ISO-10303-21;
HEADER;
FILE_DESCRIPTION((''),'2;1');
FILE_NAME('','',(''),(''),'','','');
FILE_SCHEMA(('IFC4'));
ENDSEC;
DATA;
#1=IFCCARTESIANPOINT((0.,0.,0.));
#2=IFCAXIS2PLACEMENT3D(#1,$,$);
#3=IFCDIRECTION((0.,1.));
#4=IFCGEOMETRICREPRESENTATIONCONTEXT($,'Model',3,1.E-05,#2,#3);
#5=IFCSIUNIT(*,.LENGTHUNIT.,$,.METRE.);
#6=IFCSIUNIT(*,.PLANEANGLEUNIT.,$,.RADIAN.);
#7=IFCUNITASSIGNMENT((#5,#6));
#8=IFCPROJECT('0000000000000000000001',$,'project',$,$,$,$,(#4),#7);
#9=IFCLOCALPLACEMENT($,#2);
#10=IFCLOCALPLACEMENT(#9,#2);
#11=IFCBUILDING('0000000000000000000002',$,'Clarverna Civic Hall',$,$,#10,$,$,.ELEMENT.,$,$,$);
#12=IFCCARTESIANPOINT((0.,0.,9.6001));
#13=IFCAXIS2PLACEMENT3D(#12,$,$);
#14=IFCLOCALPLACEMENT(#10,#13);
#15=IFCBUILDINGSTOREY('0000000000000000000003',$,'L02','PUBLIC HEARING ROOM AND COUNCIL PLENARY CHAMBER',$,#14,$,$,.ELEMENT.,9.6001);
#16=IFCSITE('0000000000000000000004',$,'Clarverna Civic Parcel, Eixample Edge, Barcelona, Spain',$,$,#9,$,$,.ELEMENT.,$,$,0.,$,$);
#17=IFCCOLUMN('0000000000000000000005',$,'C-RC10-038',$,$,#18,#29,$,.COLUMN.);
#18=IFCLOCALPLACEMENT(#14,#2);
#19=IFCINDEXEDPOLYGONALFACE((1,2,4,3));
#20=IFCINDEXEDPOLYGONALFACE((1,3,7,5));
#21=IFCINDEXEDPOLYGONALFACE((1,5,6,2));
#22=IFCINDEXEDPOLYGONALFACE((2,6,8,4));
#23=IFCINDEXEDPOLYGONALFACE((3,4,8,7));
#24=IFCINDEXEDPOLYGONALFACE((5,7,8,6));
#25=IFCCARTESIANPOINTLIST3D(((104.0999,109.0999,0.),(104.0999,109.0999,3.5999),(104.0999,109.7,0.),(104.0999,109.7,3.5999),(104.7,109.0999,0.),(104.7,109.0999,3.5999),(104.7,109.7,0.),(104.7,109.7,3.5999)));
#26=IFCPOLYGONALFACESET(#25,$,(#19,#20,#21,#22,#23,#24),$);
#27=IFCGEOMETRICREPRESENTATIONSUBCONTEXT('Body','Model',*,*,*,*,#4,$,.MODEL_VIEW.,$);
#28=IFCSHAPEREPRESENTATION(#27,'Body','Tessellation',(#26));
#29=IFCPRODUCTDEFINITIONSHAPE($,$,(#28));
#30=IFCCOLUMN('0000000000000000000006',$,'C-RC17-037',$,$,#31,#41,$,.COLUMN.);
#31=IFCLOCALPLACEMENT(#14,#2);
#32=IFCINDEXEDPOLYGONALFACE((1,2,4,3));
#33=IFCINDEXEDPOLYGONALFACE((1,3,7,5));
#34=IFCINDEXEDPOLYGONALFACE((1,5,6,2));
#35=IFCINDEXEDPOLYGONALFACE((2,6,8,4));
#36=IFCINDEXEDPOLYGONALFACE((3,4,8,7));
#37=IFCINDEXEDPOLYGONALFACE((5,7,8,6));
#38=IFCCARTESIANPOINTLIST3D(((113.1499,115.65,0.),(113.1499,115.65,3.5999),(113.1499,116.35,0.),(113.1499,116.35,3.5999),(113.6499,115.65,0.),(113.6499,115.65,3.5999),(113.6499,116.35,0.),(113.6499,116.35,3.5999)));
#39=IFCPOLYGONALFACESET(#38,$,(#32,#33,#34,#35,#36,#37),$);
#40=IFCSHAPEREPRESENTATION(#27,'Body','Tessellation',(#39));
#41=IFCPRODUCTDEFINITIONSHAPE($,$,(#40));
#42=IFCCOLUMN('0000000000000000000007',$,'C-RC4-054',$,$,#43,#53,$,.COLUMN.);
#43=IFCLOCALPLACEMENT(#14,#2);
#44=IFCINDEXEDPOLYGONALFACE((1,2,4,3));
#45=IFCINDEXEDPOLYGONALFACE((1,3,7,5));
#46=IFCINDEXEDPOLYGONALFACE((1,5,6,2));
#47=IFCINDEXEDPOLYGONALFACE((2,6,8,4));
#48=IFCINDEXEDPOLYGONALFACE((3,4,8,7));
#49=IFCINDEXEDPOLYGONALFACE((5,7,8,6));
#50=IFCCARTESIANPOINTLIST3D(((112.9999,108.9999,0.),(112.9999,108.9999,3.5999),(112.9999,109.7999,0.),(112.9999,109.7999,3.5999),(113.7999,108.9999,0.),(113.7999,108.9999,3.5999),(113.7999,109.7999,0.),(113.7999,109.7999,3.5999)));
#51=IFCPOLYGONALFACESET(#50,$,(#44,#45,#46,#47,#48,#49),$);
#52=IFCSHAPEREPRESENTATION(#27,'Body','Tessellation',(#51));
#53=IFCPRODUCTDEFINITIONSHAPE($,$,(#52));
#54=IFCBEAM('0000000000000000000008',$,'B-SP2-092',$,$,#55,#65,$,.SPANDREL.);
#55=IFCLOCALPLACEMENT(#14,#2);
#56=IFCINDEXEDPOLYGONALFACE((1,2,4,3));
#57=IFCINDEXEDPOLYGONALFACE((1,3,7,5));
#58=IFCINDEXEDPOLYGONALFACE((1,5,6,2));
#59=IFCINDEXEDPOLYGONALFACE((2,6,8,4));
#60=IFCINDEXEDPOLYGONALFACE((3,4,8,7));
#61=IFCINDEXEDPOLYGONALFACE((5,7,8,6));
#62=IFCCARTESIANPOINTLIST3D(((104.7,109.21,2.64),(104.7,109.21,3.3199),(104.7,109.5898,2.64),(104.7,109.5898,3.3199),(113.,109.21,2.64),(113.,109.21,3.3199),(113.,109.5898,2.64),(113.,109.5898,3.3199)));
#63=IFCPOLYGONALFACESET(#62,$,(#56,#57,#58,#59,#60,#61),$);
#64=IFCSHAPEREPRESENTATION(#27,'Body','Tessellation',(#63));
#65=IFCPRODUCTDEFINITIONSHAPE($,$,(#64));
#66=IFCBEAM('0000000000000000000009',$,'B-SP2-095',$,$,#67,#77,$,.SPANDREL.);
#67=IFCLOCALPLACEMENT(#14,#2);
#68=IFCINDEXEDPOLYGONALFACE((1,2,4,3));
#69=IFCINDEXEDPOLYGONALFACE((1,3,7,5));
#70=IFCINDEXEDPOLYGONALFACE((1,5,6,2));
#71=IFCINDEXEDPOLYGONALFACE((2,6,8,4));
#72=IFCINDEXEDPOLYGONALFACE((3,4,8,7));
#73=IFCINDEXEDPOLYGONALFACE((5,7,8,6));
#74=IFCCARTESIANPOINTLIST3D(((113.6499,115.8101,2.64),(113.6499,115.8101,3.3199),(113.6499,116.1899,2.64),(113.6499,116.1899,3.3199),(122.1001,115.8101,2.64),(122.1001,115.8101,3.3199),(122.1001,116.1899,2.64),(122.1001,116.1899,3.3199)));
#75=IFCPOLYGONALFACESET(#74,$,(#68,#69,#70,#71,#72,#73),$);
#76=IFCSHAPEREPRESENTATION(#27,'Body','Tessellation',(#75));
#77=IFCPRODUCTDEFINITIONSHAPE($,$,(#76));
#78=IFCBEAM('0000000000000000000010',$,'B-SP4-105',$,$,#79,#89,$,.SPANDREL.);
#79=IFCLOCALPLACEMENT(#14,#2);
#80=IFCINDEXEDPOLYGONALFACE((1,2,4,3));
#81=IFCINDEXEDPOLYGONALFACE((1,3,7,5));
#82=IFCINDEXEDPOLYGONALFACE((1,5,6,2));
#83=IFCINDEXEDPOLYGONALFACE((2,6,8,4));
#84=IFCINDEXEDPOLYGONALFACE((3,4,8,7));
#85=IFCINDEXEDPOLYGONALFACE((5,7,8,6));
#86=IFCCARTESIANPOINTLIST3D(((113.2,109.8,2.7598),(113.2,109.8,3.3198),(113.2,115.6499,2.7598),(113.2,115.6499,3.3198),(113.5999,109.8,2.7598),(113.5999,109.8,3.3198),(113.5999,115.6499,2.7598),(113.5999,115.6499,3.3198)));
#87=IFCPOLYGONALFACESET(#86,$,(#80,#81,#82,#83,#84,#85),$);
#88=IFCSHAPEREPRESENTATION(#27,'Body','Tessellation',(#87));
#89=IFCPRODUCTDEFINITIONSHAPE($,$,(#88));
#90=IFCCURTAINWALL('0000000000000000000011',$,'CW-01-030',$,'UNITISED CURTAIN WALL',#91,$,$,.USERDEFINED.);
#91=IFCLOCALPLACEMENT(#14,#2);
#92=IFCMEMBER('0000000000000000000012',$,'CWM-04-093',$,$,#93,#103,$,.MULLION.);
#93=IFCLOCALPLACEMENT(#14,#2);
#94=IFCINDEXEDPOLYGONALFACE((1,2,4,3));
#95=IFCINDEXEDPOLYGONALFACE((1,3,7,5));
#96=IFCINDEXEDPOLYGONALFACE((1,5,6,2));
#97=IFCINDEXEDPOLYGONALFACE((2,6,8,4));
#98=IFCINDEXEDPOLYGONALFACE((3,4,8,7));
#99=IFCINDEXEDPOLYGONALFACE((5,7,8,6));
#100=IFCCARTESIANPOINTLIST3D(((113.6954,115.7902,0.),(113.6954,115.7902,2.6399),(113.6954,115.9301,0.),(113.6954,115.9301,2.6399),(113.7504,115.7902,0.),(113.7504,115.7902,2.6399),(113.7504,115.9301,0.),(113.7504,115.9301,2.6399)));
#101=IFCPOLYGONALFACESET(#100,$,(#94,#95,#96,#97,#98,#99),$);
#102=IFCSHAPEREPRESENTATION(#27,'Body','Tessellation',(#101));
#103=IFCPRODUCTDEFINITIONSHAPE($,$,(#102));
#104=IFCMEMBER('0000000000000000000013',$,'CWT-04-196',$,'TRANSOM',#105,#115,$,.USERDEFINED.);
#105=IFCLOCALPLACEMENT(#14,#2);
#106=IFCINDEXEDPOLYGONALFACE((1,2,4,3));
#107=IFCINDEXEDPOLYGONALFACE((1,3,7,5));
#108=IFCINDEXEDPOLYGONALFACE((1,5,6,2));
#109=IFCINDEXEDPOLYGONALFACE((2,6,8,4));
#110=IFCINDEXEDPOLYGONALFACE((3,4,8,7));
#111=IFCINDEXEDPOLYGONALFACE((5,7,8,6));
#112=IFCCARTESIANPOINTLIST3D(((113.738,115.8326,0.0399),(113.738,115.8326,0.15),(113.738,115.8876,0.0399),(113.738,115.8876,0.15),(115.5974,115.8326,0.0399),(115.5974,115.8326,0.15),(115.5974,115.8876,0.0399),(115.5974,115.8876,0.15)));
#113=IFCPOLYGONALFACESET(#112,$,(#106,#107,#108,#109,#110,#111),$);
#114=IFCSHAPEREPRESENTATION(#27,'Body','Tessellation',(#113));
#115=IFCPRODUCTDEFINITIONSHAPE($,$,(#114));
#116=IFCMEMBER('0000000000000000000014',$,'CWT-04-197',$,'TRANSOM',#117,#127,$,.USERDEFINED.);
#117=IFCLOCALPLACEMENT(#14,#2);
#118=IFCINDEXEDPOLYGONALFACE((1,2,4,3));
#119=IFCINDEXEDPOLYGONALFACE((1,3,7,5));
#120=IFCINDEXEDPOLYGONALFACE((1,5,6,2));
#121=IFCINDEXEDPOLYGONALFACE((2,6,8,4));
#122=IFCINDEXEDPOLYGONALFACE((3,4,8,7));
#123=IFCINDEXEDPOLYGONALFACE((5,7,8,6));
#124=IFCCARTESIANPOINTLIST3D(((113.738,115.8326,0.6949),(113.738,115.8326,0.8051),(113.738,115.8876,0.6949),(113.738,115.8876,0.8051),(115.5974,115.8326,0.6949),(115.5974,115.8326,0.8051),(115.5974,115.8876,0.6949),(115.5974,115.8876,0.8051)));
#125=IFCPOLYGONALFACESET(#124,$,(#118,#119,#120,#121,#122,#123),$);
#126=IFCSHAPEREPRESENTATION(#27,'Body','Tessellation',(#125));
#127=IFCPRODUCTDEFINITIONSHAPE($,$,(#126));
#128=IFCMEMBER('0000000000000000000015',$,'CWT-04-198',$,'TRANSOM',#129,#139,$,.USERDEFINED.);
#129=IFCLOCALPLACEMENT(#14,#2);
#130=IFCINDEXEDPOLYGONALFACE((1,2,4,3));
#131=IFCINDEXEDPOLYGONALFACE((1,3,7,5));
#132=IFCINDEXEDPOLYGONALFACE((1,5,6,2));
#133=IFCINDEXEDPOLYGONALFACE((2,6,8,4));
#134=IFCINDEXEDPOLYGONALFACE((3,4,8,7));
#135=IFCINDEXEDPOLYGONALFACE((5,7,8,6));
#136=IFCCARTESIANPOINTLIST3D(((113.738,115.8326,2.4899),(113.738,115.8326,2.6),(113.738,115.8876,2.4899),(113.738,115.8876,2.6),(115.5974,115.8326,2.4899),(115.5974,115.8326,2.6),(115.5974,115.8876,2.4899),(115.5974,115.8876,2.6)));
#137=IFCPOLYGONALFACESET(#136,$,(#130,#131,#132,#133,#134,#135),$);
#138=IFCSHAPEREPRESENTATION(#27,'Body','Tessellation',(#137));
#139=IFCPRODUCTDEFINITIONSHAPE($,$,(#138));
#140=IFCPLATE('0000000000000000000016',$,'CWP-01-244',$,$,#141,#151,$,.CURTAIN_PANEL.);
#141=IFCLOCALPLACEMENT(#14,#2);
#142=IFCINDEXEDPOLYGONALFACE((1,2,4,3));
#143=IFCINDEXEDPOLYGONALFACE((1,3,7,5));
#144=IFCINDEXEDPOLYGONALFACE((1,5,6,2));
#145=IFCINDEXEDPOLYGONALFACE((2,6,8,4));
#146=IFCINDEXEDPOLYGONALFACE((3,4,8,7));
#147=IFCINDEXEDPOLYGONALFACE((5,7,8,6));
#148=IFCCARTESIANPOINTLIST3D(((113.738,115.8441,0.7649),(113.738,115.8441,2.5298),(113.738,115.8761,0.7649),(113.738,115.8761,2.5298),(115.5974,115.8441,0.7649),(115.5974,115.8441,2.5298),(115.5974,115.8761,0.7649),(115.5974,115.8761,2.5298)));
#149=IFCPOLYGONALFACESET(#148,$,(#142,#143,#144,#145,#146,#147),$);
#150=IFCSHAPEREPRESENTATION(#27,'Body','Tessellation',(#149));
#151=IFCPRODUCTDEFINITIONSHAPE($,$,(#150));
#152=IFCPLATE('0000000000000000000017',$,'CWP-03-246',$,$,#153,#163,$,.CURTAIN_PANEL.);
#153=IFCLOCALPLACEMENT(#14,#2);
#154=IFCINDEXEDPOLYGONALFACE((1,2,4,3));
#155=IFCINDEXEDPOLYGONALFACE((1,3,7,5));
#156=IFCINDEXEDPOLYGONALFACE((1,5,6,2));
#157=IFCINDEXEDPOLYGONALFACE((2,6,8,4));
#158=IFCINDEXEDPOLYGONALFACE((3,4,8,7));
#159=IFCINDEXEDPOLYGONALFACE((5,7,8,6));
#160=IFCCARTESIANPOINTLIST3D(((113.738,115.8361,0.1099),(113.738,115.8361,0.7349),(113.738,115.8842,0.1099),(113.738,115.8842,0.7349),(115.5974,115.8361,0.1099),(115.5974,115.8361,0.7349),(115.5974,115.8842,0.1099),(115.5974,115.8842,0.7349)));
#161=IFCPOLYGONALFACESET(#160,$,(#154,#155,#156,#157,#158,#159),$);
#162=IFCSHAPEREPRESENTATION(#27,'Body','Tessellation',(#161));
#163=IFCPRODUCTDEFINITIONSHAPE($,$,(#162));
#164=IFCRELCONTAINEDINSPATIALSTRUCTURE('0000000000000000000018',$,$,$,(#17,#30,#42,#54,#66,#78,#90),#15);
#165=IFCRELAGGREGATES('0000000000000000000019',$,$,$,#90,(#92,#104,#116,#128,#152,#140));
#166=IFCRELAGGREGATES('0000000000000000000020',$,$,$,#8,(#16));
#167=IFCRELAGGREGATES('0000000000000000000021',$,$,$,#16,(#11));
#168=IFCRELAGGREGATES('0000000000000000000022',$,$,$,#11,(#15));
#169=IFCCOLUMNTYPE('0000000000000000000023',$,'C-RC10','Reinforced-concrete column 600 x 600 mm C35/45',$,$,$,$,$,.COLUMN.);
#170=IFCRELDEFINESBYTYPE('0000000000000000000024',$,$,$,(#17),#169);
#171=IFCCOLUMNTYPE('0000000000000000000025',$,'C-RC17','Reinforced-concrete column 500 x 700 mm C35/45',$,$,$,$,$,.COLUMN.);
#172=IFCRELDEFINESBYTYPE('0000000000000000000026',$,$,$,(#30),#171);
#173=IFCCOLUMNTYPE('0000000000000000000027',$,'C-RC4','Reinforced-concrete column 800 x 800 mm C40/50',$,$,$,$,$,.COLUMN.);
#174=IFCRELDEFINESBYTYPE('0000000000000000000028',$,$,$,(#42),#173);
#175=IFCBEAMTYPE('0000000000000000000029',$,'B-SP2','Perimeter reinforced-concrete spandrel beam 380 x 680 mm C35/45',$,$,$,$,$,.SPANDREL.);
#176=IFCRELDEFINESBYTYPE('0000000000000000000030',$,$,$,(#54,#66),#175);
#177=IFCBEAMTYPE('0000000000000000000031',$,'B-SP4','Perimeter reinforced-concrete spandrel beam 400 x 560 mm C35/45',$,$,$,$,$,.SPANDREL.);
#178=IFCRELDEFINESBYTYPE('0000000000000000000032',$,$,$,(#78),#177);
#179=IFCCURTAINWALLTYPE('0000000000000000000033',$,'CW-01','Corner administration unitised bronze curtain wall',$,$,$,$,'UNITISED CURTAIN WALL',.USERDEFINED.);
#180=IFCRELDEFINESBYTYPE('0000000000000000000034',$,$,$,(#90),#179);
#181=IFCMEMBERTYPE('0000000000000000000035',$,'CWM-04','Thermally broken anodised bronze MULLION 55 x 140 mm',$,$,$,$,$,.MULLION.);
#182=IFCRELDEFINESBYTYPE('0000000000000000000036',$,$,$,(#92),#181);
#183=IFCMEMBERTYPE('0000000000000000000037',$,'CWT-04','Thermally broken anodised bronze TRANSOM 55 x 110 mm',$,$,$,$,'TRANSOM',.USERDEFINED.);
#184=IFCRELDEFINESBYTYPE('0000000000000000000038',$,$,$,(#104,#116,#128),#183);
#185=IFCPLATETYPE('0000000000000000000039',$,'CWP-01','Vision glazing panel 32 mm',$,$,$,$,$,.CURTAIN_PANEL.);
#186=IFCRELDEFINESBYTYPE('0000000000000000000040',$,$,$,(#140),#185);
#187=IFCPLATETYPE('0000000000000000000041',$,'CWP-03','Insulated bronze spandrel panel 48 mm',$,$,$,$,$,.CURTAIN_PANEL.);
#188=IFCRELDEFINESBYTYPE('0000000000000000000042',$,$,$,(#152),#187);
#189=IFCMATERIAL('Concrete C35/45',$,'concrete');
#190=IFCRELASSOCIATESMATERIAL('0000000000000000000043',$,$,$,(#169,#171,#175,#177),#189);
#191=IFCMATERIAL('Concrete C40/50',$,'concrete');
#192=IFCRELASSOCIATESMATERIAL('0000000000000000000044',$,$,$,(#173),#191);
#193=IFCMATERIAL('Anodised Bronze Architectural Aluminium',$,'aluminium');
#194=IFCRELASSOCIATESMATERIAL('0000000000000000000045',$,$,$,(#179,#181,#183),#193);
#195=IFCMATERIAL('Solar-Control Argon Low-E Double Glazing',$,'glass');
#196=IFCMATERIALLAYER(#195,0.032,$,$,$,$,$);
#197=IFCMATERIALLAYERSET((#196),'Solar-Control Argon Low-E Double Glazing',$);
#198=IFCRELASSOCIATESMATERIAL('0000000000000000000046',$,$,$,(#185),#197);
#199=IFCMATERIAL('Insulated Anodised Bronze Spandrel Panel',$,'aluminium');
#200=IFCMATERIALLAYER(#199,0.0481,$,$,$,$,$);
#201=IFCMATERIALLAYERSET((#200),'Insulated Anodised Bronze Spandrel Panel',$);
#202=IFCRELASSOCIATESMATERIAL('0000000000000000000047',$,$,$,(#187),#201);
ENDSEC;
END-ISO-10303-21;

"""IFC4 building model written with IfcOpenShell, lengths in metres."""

from ifc_helpers import new_model, si_unit, direction, frame, frame_2d, origin, origin_2d, place, context, subcontext, project, spatial, rectangle, extrude, material, layer, layer_set, material_profile, profile_set, type_object, element, aggregate, save


model = new_model("IFC4")

# Units and contexts
model_context = context("Model", 3, precision=1e-05, world=origin(), true_north=direction((0.0, 1.0)))
body_context = subcontext(model_context, "Body", "Model", "MODEL_VIEW")
ifc_project = project(units=[si_unit("LENGTHUNIT", "METRE"), si_unit("PLANEANGLEUNIT", "RADIAN")], contexts=[model_context])

# Site, building, storey
site_placement = place(None, origin())
site = spatial("IfcSite", under=ifc_project, at=site_placement, Name="Clarverna Civic Parcel, Eixample Edge, Barcelona, Spain", CompositionType="ELEMENT", RefElevation=0.0)
building_placement = place(site_placement, origin())
building = spatial("IfcBuilding", under=site, at=building_placement, Name="Clarverna Civic Hall", CompositionType="ELEMENT")
storey_placement = place(building_placement, frame((0.0, 0.0, 9.6001)))
storey = spatial("IfcBuildingStorey", under=building, at=storey_placement, Name="L02", Description="PUBLIC HEARING ROOM AND COUNCIL PLENARY CHAMBER", CompositionType="ELEMENT", Elevation=9.6001)

# Columns
ifc_material_1 = material(Name="Concrete C35/45", Category="concrete")
ifc_material_profile_1 = material_profile(ifc_material_1, rectangle(XDim=0.6001, YDim=0.6001, at=origin_2d()), Name="RC 600x600")
ifc_profile_set_1 = profile_set([ifc_material_profile_1], Name="Concrete C35/45")
column_type_1 = type_object("IfcColumnType", Name="C-RC10", Description="Reinforced-concrete column 600 x 600 mm C35/45", PredefinedType="COLUMN", material=ifc_profile_set_1)
column_1_placement = place(storey_placement, frame((104.3999, 109.3999, 0.0), z_axis=(0.0, 0.0, 1.0), x_axis=(1.0, 0.0, 0.0)))
element("IfcColumn", 1, at=column_1_placement, inside=storey, type_object=column_type_1, Name="C-RC10-038", PredefinedType="COLUMN", context=body_context, shape_type="SweptSolid", body=[
    extrude(rectangle(XDim=0.6001, YDim=0.6001, at=origin_2d()), origin(), (0.0, 0.0, 1.0), 3.5999),
])
ifc_material_profile_2 = material_profile(ifc_material_1, rectangle(XDim=0.5, YDim=0.7, at=origin_2d()), Name="RC 500x700")
ifc_profile_set_2 = profile_set([ifc_material_profile_2], Name="Concrete C35/45")
column_type_2 = type_object("IfcColumnType", Name="C-RC17", Description="Reinforced-concrete column 500 x 700 mm C35/45", PredefinedType="COLUMN", material=ifc_profile_set_2)
column_2_placement = place(storey_placement, frame((113.3999, 116.0, 0.0), z_axis=(0.0, 0.0, 1.0), x_axis=(1.0, 0.0, 0.0)))
element("IfcColumn", 2, at=column_2_placement, inside=storey, type_object=column_type_2, Name="C-RC17-037", PredefinedType="COLUMN", context=body_context, shape_type="SweptSolid", body=[
    extrude(rectangle(XDim=0.5, YDim=0.7, at=origin_2d()), origin(), (0.0, 0.0, 1.0), 3.5999),
])
ifc_material_2 = material(Name="Concrete C40/50", Category="concrete")
ifc_material_profile_3 = material_profile(ifc_material_2, rectangle(XDim=0.8, YDim=0.8, at=origin_2d()), Name="RC 800x800")
ifc_profile_set_3 = profile_set([ifc_material_profile_3], Name="Concrete C40/50")
column_type_3 = type_object("IfcColumnType", Name="C-RC4", Description="Reinforced-concrete column 800 x 800 mm C40/50", PredefinedType="COLUMN", material=ifc_profile_set_3)
column_3_placement = place(storey_placement, frame((113.3999, 109.3999, 0.0), z_axis=(0.0, 0.0, 1.0), x_axis=(1.0, 0.0, 0.0)))
element("IfcColumn", 3, at=column_3_placement, inside=storey, type_object=column_type_3, Name="C-RC4-054", PredefinedType="COLUMN", context=body_context, shape_type="SweptSolid", body=[
    extrude(rectangle(XDim=0.8, YDim=0.8, at=origin_2d()), origin(), (0.0, 0.0, 1.0), 3.5999),
])

# Beams
ifc_material_profile_4 = material_profile(ifc_material_1, rectangle(XDim=0.3799, YDim=0.6799, at=origin_2d()), Name="RC 380x680")
ifc_profile_set_4 = profile_set([ifc_material_profile_4], Name="Concrete C35/45")
beam_type_1 = type_object("IfcBeamType", Name="B-SP2", Description="Perimeter reinforced-concrete spandrel beam 380 x 680 mm C35/45", PredefinedType="SPANDREL", material=ifc_profile_set_4)
beam_1_placement = place(storey_placement, frame((104.7, 109.3999, 2.98), z_axis=(1.0, 0.0, 0.0), x_axis=(0.0, 1.0, 0.0)))
element("IfcBeam", 4, at=beam_1_placement, inside=storey, type_object=beam_type_1, Name="B-SP2-092", PredefinedType="SPANDREL", context=body_context, shape_type="SweptSolid", body=[
    extrude(rectangle(XDim=0.3799, YDim=0.6799, at=origin_2d()), origin(), (0.0, 0.0, 1.0), 8.3),
])
beam_2_placement = place(storey_placement, frame((113.6499, 116.0, 2.98), z_axis=(1.0, 0.0, 0.0), x_axis=(0.0, 1.0, 0.0)))
element("IfcBeam", 5, at=beam_2_placement, inside=storey, type_object=beam_type_1, Name="B-SP2-095", PredefinedType="SPANDREL", context=body_context, shape_type="SweptSolid", body=[
    extrude(rectangle(XDim=0.3799, YDim=0.6799, at=origin_2d()), origin(), (0.0, 0.0, 1.0), 8.4502),
])
ifc_material_profile_5 = material_profile(ifc_material_1, rectangle(XDim=0.3999, YDim=0.5601, at=origin_2d()), Name="RC 400x560")
ifc_profile_set_5 = profile_set([ifc_material_profile_5], Name="Concrete C35/45")
beam_type_2 = type_object("IfcBeamType", Name="B-SP4", Description="Perimeter reinforced-concrete spandrel beam 400 x 560 mm C35/45", PredefinedType="SPANDREL", material=ifc_profile_set_5)
beam_3_placement = place(storey_placement, frame((113.3999, 109.8, 3.0398), z_axis=(0.0, 1.0, 0.0), x_axis=(-1.0, 0.0, 0.0)))
element("IfcBeam", 6, at=beam_3_placement, inside=storey, type_object=beam_type_2, Name="B-SP4-105", PredefinedType="SPANDREL", context=body_context, shape_type="SweptSolid", body=[
    extrude(rectangle(XDim=0.3999, YDim=0.5601, at=origin_2d()), origin(), (0.0, 0.0, 1.0), 5.8499),
])

# Curtain wall, members, plates
ifc_material_3 = material(Name="Anodised Bronze Architectural Aluminium", Category="aluminium")
curtain_wall_type = type_object("IfcCurtainWallType", Name="CW-01", Description="Corner administration unitised bronze curtain wall", ElementType="UNITISED CURTAIN WALL", PredefinedType="USERDEFINED", material=ifc_material_3)
curtain_wall_placement = place(storey_placement, origin())
curtain_wall = element("IfcCurtainWall", 7, at=curtain_wall_placement, inside=storey, type_object=curtain_wall_type, Name="CW-01-030", ObjectType="UNITISED CURTAIN WALL", PredefinedType="USERDEFINED")
ifc_material_profile_6 = material_profile(ifc_material_3, rectangle(XDim=0.0549, YDim=0.1399, at=origin_2d()), Name="BRONZE 55x140")
ifc_profile_set_6 = profile_set([ifc_material_profile_6], Name="Anodised Bronze Architectural Aluminium")
member_type_1 = type_object("IfcMemberType", Name="CWM-04", Description="Thermally broken anodised bronze MULLION 55 x 140 mm", PredefinedType="MULLION", material=ifc_profile_set_6)
member_1_placement = place(storey_placement, frame((113.7229, 115.8601, 0.0), z_axis=(0.0, 0.0, 1.0), x_axis=(1.0, 0.0, 0.0)))
member_1 = element("IfcMember", 8, at=member_1_placement, type_object=member_type_1, Name="CWM-04-093", PredefinedType="MULLION", context=body_context, shape_type="SweptSolid", body=[
    extrude(rectangle(XDim=0.0549, YDim=0.1399, at=origin_2d()), origin(), (0.0, 0.0, 1.0), 2.6399),
])
ifc_material_profile_7 = material_profile(ifc_material_3, rectangle(XDim=0.0549, YDim=0.1101, at=origin_2d()), Name="BRONZE 55x110")
ifc_profile_set_7 = profile_set([ifc_material_profile_7], Name="Anodised Bronze Architectural Aluminium")
member_type_2 = type_object("IfcMemberType", Name="CWT-04", Description="Thermally broken anodised bronze TRANSOM 55 x 110 mm", ElementType="TRANSOM", PredefinedType="USERDEFINED", material=ifc_profile_set_7)
member_2_placement = place(storey_placement, frame((113.738, 115.8601, 0.095), z_axis=(1.0, 0.0, 0.0), x_axis=(0.0, 1.0, 0.0)))
member_2 = element("IfcMember", 9, at=member_2_placement, type_object=member_type_2, Name="CWT-04-196", ObjectType="TRANSOM", PredefinedType="USERDEFINED", context=body_context, shape_type="SweptSolid", body=[
    extrude(rectangle(XDim=0.0549, YDim=0.1101, at=origin_2d()), origin(), (0.0, 0.0, 1.0), 1.8594),
])
member_3_placement = place(storey_placement, frame((113.738, 115.8601, 0.75), z_axis=(1.0, 0.0, 0.0), x_axis=(0.0, 1.0, 0.0)))
member_3 = element("IfcMember", 10, at=member_3_placement, type_object=member_type_2, Name="CWT-04-197", ObjectType="TRANSOM", PredefinedType="USERDEFINED", context=body_context, shape_type="SweptSolid", body=[
    extrude(rectangle(XDim=0.0549, YDim=0.1101, at=origin_2d()), origin(), (0.0, 0.0, 1.0), 1.8594),
])
member_4_placement = place(storey_placement, frame((113.738, 115.8601, 2.5449), z_axis=(1.0, 0.0, 0.0), x_axis=(0.0, 1.0, 0.0)))
member_4 = element("IfcMember", 11, at=member_4_placement, type_object=member_type_2, Name="CWT-04-198", ObjectType="TRANSOM", PredefinedType="USERDEFINED", context=body_context, shape_type="SweptSolid", body=[
    extrude(rectangle(XDim=0.0549, YDim=0.1101, at=origin_2d()), origin(), (0.0, 0.0, 1.0), 1.8594),
])
ifc_material_4 = material(Name="Solar-Control Argon Low-E Double Glazing", Category="glass")
ifc_layer_1 = layer(ifc_material_4, 0.032)
ifc_layer_set_1 = layer_set([ifc_layer_1], Name="Solar-Control Argon Low-E Double Glazing")
plate_type_1 = type_object("IfcPlateType", Name="CWP-01", Description="Vision glazing panel 32 mm", PredefinedType="CURTAIN_PANEL", material=ifc_layer_set_1)
plate_1_placement = place(storey_placement, frame((113.738, 115.8601, 0.7649), z_axis=(0.0, 0.0, 1.0), x_axis=(1.0, 0.0, 0.0)))
plate_1 = element("IfcPlate", 12, at=plate_1_placement, type_object=plate_type_1, Name="CWP-01-244", PredefinedType="CURTAIN_PANEL", context=body_context, shape_type="SweptSolid", body=[
    extrude(rectangle(XDim=1.8594, YDim=0.032, at=frame_2d((0.9297, 0.0))), origin(), (0.0, 0.0, 1.0), 1.7649),
])
ifc_material_5 = material(Name="Insulated Anodised Bronze Spandrel Panel", Category="aluminium")
ifc_layer_2 = layer(ifc_material_5, 0.0481)
ifc_layer_set_2 = layer_set([ifc_layer_2], Name="Insulated Anodised Bronze Spandrel Panel")
plate_type_2 = type_object("IfcPlateType", Name="CWP-03", Description="Insulated bronze spandrel panel 48 mm", PredefinedType="CURTAIN_PANEL", material=ifc_layer_set_2)
plate_2_placement = place(storey_placement, frame((113.738, 115.8601, 0.1099), z_axis=(0.0, 0.0, 1.0), x_axis=(1.0, 0.0, 0.0)))
plate_2 = element("IfcPlate", 13, at=plate_2_placement, type_object=plate_type_2, Name="CWP-03-246", PredefinedType="CURTAIN_PANEL", context=body_context, shape_type="SweptSolid", body=[
    extrude(rectangle(XDim=1.8594, YDim=0.0481, at=frame_2d((0.9297, 0.0))), origin(), (0.0, 0.0, 1.0), 0.625),
])
aggregate(curtain_wall, [member_1, member_2, member_3, member_4, plate_2, plate_1])

save(model, "model.ifc")
